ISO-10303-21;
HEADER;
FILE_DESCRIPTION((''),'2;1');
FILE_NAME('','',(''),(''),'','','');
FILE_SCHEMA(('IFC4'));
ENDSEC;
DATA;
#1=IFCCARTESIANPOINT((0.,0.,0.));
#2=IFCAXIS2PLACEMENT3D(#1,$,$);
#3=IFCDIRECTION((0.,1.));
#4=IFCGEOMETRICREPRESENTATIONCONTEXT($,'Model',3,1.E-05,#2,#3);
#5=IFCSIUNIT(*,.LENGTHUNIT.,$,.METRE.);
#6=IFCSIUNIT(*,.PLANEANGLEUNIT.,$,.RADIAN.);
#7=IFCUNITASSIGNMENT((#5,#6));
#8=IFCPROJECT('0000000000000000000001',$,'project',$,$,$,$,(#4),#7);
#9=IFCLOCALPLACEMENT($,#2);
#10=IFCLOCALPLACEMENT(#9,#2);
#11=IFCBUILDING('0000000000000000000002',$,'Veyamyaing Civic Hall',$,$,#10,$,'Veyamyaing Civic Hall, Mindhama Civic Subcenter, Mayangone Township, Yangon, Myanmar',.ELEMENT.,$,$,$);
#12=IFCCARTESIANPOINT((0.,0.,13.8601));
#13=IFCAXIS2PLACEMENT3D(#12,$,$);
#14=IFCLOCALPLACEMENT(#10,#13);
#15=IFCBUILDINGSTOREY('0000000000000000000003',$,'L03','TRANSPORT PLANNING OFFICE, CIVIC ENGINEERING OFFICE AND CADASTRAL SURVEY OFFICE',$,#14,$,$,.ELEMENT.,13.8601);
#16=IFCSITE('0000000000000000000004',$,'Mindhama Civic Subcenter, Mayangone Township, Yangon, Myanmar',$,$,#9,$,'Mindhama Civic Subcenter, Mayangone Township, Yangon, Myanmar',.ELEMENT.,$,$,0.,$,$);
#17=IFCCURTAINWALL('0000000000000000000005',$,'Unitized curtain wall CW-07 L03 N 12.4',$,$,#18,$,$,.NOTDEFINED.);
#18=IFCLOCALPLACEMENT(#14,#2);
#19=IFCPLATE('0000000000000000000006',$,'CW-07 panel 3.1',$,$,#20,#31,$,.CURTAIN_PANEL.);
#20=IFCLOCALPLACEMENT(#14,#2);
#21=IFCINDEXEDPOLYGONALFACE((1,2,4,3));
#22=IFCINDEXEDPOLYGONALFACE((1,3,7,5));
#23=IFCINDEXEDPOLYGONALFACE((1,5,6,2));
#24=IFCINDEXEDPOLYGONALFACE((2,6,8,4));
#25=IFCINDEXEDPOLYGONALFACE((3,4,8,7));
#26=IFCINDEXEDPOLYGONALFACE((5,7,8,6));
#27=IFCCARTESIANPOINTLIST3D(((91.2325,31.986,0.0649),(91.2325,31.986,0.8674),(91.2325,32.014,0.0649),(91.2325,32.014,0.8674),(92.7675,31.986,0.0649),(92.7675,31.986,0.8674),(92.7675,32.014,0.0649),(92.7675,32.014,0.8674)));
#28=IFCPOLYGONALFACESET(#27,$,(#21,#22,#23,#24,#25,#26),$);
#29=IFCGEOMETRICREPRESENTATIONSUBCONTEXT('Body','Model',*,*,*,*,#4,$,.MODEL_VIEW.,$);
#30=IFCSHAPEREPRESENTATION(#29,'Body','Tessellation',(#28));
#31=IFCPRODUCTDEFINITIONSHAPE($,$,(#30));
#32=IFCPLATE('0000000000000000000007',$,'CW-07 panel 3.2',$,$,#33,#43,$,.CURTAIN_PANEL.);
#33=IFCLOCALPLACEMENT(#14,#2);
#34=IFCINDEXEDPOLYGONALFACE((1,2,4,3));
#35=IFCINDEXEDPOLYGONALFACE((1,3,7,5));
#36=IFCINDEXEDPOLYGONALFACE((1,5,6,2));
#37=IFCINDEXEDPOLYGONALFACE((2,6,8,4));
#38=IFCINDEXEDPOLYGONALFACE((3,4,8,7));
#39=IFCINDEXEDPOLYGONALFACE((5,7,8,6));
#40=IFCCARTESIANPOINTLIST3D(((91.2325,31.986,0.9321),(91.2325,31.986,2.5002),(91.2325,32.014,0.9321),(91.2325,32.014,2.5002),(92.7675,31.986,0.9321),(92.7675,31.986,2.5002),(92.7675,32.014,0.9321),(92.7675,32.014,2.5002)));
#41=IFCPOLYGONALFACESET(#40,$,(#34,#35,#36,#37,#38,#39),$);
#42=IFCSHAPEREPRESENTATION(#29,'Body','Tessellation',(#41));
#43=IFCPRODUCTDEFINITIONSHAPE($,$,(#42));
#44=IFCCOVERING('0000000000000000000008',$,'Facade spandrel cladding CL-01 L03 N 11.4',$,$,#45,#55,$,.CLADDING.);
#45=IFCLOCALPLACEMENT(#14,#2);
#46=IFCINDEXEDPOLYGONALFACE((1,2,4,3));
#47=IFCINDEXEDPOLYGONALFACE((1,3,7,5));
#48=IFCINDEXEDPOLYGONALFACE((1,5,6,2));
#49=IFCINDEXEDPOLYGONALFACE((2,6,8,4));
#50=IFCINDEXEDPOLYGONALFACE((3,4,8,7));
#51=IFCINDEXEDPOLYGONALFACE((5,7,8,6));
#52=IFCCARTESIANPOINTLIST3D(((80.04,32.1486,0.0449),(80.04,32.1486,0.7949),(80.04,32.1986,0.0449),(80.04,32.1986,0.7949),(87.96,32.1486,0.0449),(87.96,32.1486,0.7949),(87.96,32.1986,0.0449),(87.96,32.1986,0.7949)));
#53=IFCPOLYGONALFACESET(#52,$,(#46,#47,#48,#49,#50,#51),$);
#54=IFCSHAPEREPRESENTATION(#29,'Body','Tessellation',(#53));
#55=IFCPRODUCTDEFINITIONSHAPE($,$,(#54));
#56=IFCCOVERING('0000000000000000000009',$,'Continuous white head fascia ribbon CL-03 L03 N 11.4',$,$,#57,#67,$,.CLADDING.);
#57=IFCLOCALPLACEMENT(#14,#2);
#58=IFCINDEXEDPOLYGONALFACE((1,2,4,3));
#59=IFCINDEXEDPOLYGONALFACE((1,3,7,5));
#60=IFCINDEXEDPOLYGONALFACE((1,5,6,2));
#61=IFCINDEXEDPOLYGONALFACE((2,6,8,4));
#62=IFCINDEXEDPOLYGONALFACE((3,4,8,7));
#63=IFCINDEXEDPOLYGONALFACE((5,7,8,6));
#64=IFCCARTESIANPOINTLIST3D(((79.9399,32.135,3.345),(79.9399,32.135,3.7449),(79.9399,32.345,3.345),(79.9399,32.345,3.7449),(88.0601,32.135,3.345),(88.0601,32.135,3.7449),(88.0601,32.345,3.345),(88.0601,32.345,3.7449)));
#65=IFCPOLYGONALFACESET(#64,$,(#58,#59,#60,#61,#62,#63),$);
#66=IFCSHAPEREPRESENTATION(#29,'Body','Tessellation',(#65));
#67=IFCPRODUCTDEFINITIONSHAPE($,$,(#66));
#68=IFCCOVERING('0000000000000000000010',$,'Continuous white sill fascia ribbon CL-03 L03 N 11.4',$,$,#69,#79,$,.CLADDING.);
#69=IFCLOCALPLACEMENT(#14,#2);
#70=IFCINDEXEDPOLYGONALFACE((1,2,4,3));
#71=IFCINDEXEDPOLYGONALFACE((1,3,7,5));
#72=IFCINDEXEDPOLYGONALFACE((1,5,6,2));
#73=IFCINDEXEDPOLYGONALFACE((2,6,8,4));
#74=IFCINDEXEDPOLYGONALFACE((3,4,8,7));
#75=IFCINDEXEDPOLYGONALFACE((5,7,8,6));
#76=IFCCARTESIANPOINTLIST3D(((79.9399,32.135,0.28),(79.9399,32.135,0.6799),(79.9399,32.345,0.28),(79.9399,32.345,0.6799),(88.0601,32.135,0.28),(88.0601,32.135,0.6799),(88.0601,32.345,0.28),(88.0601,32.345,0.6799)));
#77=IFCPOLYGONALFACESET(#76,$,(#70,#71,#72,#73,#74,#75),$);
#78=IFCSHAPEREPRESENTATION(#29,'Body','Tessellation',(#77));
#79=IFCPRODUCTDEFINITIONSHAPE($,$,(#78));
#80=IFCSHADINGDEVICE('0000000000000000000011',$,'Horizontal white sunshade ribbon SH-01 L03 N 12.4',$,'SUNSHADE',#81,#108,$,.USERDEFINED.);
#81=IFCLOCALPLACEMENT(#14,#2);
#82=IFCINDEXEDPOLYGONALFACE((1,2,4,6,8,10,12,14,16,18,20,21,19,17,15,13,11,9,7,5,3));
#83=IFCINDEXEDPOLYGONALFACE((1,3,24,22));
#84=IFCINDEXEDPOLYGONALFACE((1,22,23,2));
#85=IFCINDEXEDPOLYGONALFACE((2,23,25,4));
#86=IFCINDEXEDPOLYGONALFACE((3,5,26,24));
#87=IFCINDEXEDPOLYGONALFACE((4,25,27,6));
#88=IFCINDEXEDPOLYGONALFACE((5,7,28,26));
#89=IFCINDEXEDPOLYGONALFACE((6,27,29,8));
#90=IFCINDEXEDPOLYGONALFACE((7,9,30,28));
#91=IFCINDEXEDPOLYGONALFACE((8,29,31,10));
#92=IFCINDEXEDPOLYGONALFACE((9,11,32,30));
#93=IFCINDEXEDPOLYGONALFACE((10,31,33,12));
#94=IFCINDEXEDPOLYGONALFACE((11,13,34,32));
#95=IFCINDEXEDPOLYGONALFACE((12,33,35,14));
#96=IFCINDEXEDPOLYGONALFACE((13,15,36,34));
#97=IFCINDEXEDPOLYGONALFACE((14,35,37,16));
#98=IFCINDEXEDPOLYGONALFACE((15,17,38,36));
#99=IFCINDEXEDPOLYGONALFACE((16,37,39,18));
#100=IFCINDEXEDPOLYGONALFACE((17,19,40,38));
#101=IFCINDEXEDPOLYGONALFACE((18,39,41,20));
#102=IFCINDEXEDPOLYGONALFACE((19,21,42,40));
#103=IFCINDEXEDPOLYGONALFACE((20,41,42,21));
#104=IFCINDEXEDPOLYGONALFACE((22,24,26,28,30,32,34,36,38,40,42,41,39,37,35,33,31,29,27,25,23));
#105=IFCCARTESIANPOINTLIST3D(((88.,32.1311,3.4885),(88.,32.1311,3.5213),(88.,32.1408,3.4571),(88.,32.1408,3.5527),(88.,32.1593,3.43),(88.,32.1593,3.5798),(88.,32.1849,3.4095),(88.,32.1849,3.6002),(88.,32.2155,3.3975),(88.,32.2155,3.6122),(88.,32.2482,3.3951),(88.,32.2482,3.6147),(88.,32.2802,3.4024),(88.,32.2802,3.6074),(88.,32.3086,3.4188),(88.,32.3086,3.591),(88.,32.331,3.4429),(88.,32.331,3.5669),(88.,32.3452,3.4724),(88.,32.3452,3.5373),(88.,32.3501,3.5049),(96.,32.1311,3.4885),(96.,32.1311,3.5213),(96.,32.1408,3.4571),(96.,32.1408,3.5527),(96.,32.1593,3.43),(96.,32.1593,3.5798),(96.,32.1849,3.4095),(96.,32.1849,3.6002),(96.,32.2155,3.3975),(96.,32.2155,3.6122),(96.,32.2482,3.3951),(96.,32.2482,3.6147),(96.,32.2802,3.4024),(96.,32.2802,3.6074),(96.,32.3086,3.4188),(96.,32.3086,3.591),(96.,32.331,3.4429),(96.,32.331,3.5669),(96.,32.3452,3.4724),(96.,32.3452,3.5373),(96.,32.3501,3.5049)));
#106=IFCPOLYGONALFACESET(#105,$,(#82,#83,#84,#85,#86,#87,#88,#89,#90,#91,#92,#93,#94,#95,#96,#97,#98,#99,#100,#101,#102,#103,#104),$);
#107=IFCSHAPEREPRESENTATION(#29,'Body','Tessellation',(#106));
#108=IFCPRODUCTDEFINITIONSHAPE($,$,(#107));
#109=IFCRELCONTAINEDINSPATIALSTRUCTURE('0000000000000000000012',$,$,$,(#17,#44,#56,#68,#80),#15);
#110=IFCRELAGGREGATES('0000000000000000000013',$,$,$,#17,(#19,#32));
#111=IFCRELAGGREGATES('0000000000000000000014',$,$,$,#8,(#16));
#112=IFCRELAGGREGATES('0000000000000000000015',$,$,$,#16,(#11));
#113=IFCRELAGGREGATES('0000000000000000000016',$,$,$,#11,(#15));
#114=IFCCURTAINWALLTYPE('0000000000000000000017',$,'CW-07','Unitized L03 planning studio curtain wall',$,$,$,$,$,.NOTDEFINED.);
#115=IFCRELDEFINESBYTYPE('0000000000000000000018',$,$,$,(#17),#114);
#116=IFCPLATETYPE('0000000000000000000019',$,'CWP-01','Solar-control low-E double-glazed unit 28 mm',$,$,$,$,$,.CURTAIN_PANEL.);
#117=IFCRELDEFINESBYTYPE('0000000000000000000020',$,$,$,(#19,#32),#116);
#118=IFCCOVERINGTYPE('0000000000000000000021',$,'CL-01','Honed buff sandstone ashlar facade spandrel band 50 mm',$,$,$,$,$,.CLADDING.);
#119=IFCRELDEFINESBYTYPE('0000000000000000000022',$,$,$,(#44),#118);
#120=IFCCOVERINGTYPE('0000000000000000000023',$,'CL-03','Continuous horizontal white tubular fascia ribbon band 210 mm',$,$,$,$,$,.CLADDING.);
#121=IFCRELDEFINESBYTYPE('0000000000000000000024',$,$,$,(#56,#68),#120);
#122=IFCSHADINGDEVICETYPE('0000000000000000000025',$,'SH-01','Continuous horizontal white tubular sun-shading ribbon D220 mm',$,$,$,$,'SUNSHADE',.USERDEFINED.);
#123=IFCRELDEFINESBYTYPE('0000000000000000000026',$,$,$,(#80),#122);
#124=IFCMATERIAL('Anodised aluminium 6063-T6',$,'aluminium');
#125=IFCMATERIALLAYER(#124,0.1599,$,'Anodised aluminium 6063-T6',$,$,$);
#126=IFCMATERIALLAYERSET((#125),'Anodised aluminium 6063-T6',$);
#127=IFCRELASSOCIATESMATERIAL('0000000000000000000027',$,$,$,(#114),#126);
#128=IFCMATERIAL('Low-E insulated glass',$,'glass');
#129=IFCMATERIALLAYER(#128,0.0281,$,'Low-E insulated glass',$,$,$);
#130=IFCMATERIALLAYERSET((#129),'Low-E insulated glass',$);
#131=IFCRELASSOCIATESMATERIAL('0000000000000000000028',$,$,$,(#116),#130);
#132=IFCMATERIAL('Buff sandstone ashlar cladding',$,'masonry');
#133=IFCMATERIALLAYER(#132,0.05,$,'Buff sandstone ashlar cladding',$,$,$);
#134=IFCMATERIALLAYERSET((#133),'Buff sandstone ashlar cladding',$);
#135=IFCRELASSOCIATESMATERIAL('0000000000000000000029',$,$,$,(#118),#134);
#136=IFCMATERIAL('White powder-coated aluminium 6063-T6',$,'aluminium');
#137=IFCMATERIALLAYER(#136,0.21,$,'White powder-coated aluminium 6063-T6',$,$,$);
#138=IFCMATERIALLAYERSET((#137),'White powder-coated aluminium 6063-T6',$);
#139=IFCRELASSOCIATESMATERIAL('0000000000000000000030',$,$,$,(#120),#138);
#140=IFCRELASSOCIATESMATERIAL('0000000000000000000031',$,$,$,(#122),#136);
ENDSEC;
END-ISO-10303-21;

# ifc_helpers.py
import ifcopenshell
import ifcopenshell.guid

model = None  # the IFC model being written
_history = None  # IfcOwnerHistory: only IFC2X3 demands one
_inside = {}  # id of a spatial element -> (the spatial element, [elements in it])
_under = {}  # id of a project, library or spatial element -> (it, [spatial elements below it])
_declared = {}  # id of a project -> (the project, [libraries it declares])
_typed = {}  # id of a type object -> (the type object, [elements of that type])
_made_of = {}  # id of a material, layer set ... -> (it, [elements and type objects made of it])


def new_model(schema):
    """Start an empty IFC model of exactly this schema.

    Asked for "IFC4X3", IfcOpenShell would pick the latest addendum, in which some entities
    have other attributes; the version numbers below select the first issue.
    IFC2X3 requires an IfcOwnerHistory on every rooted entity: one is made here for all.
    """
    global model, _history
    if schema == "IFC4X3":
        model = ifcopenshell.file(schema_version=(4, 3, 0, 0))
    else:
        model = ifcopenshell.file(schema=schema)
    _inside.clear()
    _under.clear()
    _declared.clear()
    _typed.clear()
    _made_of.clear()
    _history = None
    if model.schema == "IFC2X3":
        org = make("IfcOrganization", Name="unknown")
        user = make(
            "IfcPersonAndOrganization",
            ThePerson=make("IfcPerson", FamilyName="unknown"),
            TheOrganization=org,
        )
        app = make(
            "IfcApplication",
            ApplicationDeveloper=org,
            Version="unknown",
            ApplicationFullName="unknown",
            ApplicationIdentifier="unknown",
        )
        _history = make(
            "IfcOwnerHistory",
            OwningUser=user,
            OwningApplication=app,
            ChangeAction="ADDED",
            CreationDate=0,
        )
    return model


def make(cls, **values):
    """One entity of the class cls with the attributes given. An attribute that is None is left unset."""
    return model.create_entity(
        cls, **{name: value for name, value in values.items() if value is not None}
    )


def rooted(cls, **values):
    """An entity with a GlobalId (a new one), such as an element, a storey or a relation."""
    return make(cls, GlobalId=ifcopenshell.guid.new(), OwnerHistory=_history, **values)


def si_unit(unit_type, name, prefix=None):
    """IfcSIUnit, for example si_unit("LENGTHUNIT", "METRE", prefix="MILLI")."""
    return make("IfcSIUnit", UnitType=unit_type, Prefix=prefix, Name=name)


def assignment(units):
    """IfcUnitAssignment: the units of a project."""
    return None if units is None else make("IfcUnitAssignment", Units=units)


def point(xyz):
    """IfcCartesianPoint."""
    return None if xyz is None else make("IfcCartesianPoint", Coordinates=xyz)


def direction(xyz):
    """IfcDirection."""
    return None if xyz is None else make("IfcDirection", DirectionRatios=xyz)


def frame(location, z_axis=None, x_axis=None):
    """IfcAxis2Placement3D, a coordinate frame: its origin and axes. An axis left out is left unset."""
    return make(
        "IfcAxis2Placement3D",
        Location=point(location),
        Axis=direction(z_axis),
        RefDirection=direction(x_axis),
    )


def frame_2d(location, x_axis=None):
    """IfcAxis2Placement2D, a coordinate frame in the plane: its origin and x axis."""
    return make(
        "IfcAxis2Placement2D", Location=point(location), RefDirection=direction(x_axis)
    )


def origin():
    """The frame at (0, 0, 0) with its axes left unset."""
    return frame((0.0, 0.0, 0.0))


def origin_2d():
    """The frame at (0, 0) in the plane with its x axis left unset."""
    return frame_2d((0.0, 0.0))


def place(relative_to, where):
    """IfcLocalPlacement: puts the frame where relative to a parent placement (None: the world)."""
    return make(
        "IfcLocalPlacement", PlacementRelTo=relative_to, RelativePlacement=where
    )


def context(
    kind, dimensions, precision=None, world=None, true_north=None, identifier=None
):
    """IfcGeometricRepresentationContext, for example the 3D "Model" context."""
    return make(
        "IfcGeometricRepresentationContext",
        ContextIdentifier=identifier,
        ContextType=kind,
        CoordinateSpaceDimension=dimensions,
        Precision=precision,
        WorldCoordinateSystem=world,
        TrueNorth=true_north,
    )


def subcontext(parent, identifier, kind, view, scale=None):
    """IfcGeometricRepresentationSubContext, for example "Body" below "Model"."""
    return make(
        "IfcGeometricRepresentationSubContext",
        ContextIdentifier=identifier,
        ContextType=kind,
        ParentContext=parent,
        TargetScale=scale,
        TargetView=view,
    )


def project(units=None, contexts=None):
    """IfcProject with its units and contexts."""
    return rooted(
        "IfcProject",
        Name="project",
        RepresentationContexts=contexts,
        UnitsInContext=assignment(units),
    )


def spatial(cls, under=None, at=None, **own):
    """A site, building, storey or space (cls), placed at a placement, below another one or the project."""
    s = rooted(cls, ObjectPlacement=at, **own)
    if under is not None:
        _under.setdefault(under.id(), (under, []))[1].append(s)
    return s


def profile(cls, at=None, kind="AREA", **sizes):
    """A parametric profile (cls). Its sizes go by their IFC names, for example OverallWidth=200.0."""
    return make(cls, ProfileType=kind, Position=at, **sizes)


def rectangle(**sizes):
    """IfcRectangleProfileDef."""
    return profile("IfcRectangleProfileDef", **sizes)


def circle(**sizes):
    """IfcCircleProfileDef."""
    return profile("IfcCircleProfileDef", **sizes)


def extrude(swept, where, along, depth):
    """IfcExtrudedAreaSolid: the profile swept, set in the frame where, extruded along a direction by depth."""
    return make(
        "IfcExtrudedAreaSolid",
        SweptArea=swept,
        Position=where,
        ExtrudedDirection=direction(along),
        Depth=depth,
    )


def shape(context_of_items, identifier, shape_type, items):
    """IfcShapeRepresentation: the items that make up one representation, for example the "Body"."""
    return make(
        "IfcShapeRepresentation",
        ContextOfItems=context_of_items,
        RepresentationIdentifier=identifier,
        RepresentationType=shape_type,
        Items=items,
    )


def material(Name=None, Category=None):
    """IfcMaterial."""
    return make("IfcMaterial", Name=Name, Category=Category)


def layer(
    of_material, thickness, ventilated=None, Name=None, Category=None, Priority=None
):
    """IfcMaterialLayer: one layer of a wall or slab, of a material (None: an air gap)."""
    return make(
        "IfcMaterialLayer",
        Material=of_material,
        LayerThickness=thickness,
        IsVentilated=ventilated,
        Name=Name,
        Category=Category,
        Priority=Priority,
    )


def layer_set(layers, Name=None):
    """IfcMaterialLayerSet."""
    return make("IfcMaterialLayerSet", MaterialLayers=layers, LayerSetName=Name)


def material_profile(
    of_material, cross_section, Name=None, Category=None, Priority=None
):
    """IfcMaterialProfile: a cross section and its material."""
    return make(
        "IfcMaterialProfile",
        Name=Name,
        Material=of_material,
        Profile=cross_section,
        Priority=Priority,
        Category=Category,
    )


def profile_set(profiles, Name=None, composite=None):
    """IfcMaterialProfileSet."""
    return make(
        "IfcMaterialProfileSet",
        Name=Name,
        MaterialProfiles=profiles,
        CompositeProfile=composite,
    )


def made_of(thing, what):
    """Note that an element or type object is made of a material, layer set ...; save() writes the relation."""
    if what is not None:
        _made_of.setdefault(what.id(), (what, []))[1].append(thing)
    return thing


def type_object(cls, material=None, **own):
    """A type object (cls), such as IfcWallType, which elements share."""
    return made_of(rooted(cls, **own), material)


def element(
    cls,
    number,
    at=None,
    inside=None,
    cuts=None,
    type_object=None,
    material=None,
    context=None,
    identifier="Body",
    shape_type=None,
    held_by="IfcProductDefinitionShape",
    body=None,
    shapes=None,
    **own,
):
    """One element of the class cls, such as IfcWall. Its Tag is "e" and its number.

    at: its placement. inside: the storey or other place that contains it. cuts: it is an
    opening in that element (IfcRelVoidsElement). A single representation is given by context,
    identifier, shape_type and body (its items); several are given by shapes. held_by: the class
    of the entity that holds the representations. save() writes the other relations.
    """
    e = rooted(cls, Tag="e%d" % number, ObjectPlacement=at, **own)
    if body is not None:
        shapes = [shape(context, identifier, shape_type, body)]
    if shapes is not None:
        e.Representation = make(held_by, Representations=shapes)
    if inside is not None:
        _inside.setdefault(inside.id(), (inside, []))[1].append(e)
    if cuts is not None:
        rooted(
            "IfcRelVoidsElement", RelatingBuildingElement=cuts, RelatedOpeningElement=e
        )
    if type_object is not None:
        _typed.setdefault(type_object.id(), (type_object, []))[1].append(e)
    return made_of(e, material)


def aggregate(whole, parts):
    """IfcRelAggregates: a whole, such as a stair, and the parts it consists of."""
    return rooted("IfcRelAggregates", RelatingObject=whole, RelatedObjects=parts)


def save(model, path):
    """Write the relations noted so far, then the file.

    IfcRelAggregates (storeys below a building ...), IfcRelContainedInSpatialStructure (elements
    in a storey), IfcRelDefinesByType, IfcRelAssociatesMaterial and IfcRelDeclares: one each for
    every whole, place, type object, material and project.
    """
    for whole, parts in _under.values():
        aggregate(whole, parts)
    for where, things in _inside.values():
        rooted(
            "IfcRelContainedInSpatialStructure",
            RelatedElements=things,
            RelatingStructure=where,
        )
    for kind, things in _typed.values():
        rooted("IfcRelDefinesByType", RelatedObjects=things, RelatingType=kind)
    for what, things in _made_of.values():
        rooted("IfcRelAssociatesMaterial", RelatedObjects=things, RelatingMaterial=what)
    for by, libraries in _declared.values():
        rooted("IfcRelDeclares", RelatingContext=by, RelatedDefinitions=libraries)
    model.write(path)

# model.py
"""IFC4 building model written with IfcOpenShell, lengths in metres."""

from ifc_helpers import new_model, si_unit, direction, frame, origin, origin_2d, place, context, subcontext, project, spatial, rectangle, circle, extrude, material, layer, layer_set, material_profile, profile_set, type_object, element, aggregate, save


model = new_model("IFC4")

# Units and contexts
model_context = context("Model", 3, precision=1e-05, world=origin(), true_north=direction((0.0, 1.0)))
body_context = subcontext(model_context, "Body", "Model", "MODEL_VIEW")
ifc_project = project(units=[si_unit("LENGTHUNIT", "METRE"), si_unit("PLANEANGLEUNIT", "RADIAN")], contexts=[model_context])

# Site, building, storey
site_placement = place(None, origin())
site = spatial("IfcSite", under=ifc_project, at=site_placement, Name="Mindhama Civic Subcenter, Mayangone Township, Yangon, Myanmar", LongName="Mindhama Civic Subcenter, Mayangone Township, Yangon, Myanmar", CompositionType="ELEMENT", RefElevation=0.0)
building_placement = place(site_placement, origin())
building = spatial("IfcBuilding", under=site, at=building_placement, Name="Veyamyaing Civic Hall", LongName="Veyamyaing Civic Hall, Mindhama Civic Subcenter, Mayangone Township, Yangon, Myanmar", CompositionType="ELEMENT")
storey_placement = place(building_placement, frame((0.0, 0.0, 13.8601)))
storey = spatial("IfcBuildingStorey", under=building, at=storey_placement, Name="L03", Description="TRANSPORT PLANNING OFFICE, CIVIC ENGINEERING OFFICE AND CADASTRAL SURVEY OFFICE", CompositionType="ELEMENT", Elevation=13.8601)

# Shared definitions
ifc_material_1 = material(Name="Anodised aluminium 6063-T6", Category="aluminium")
ifc_layer_1 = layer(ifc_material_1, 0.1599, Name="Anodised aluminium 6063-T6")
ifc_layer_set_1 = layer_set([ifc_layer_1], Name="Anodised aluminium 6063-T6")
curtain_wall_type = type_object("IfcCurtainWallType", Name="CW-07", Description="Unitized L03 planning studio curtain wall", PredefinedType="NOTDEFINED", material=ifc_layer_set_1)

# Curtain wall
curtain_wall_1_placement = place(storey_placement, origin())
curtain_wall_1 = element("IfcCurtainWall", 1, at=curtain_wall_1_placement, inside=storey, type_object=curtain_wall_type, Name="Unitized curtain wall CW-07 L03 N 12.4", PredefinedType="NOTDEFINED")

# Plates
ifc_material_2 = material(Name="Low-E insulated glass", Category="glass")
ifc_layer_2 = layer(ifc_material_2, 0.0281, Name="Low-E insulated glass")
ifc_layer_set_2 = layer_set([ifc_layer_2], Name="Low-E insulated glass")
plate_type = type_object("IfcPlateType", Name="CWP-01", Description="Solar-control low-E double-glazed unit 28 mm", PredefinedType="CURTAIN_PANEL", material=ifc_layer_set_2)
plate_1_placement = place(storey_placement, frame((92.0, 32.0, 0.0649), z_axis=(0.0, 0.0, 1.0), x_axis=(1.0, 0.0, 0.0)))
plate_1 = element("IfcPlate", 2, at=plate_1_placement, type_object=plate_type, Name="CW-07 panel 3.1", PredefinedType="CURTAIN_PANEL", context=body_context, shape_type="SweptSolid", body=[
    extrude(rectangle(XDim=1.5349, YDim=0.0281, at=origin_2d()), origin(), (0.0, 0.0, 1.0), 0.8025),
])
plate_2_placement = place(storey_placement, frame((92.0, 32.0, 0.9321), z_axis=(0.0, 0.0, 1.0), x_axis=(1.0, 0.0, 0.0)))
plate_2 = element("IfcPlate", 3, at=plate_2_placement, type_object=plate_type, Name="CW-07 panel 3.2", PredefinedType="CURTAIN_PANEL", context=body_context, shape_type="SweptSolid", body=[
    extrude(rectangle(XDim=1.5349, YDim=0.0281, at=origin_2d()), origin(), (0.0, 0.0, 1.0), 1.5681),
])
aggregate(curtain_wall_1, [plate_1, plate_2])

# Coverings
ifc_material_3 = material(Name="Buff sandstone ashlar cladding", Category="masonry")
ifc_layer_3 = layer(ifc_material_3, 0.05, Name="Buff sandstone ashlar cladding")
ifc_layer_set_3 = layer_set([ifc_layer_3], Name="Buff sandstone ashlar cladding")
covering_type_1 = type_object("IfcCoveringType", Name="CL-01", Description="Honed buff sandstone ashlar facade spandrel band 50 mm", PredefinedType="CLADDING", material=ifc_layer_set_3)
covering_placement = place(storey_placement, frame((84.0, 32.1736, 0.0449), z_axis=(0.0, 0.0, 1.0), x_axis=(1.0, 0.0, 0.0)))
element("IfcCovering", 4, at=covering_placement, inside=storey, type_object=covering_type_1, Name="Facade spandrel cladding CL-01 L03 N 11.4", PredefinedType="CLADDING", context=body_context, shape_type="SweptSolid", body=[
    extrude(rectangle(XDim=7.9199, YDim=0.05, at=origin_2d()), origin(), (0.0, 0.0, 1.0), 0.75),
])
ifc_material_4 = material(Name="White powder-coated aluminium 6063-T6", Category="aluminium")
ifc_layer_4 = layer(ifc_material_4, 0.21, Name="White powder-coated aluminium 6063-T6")
ifc_layer_set_4 = layer_set([ifc_layer_4], Name="White powder-coated aluminium 6063-T6")
covering_type_2 = type_object("IfcCoveringType", Name="CL-03", Description="Continuous horizontal white tubular fascia ribbon band 210 mm", PredefinedType="CLADDING", material=ifc_layer_set_4)
for number, where, z_axis, x_axis, name in (
    (5, (84.0, 32.24, 3.345), (0.0, 0.0, 1.0), (1.0, 0.0, 0.0), "Continuous white head fascia ribbon CL-03 L03 N 11.4"),
    (6, (84.0, 32.24, 0.28), (0.0, 0.0, 1.0), (1.0, 0.0, 0.0), "Continuous white sill fascia ribbon CL-03 L03 N 11.4"),
):
    element("IfcCovering", number, at=place(storey_placement, frame(where, z_axis=z_axis, x_axis=x_axis)), inside=storey, type_object=covering_type_2, Name=name, PredefinedType="CLADDING", context=body_context, shape_type="SweptSolid", body=[
        extrude(rectangle(XDim=8.1201, YDim=0.21, at=origin_2d()), origin(), (0.0, 0.0, 1.0), 0.3999),
    ])

# Shading device
ifc_material_profile_1 = material_profile(ifc_material_4, circle(Radius=0.1101, at=origin_2d()), Name="SHADE-TUBE-220")
ifc_profile_set_1 = profile_set([ifc_material_profile_1], Name="White powder-coated aluminium 6063-T6")
shading_device_type = type_object("IfcShadingDeviceType", Name="SH-01", Description="Continuous horizontal white tubular sun-shading ribbon D220 mm", ElementType="SUNSHADE", PredefinedType="USERDEFINED", material=ifc_profile_set_1)
shading_device_placement = place(storey_placement, frame((88.0, 32.24, 3.5049), z_axis=(1.0, 0.0, 0.0), x_axis=(0.0, 1.0, 0.0)))
element("IfcShadingDevice", 7, at=shading_device_placement, inside=storey, type_object=shading_device_type, Name="Horizontal white sunshade ribbon SH-01 L03 N 12.4", ObjectType="SUNSHADE", PredefinedType="USERDEFINED", context=body_context, shape_type="SweptSolid", body=[
    extrude(circle(Radius=0.1101, at=origin_2d()), origin(), (0.0, 0.0, 1.0), 8.0),
])

save(model, "model.ifc")
